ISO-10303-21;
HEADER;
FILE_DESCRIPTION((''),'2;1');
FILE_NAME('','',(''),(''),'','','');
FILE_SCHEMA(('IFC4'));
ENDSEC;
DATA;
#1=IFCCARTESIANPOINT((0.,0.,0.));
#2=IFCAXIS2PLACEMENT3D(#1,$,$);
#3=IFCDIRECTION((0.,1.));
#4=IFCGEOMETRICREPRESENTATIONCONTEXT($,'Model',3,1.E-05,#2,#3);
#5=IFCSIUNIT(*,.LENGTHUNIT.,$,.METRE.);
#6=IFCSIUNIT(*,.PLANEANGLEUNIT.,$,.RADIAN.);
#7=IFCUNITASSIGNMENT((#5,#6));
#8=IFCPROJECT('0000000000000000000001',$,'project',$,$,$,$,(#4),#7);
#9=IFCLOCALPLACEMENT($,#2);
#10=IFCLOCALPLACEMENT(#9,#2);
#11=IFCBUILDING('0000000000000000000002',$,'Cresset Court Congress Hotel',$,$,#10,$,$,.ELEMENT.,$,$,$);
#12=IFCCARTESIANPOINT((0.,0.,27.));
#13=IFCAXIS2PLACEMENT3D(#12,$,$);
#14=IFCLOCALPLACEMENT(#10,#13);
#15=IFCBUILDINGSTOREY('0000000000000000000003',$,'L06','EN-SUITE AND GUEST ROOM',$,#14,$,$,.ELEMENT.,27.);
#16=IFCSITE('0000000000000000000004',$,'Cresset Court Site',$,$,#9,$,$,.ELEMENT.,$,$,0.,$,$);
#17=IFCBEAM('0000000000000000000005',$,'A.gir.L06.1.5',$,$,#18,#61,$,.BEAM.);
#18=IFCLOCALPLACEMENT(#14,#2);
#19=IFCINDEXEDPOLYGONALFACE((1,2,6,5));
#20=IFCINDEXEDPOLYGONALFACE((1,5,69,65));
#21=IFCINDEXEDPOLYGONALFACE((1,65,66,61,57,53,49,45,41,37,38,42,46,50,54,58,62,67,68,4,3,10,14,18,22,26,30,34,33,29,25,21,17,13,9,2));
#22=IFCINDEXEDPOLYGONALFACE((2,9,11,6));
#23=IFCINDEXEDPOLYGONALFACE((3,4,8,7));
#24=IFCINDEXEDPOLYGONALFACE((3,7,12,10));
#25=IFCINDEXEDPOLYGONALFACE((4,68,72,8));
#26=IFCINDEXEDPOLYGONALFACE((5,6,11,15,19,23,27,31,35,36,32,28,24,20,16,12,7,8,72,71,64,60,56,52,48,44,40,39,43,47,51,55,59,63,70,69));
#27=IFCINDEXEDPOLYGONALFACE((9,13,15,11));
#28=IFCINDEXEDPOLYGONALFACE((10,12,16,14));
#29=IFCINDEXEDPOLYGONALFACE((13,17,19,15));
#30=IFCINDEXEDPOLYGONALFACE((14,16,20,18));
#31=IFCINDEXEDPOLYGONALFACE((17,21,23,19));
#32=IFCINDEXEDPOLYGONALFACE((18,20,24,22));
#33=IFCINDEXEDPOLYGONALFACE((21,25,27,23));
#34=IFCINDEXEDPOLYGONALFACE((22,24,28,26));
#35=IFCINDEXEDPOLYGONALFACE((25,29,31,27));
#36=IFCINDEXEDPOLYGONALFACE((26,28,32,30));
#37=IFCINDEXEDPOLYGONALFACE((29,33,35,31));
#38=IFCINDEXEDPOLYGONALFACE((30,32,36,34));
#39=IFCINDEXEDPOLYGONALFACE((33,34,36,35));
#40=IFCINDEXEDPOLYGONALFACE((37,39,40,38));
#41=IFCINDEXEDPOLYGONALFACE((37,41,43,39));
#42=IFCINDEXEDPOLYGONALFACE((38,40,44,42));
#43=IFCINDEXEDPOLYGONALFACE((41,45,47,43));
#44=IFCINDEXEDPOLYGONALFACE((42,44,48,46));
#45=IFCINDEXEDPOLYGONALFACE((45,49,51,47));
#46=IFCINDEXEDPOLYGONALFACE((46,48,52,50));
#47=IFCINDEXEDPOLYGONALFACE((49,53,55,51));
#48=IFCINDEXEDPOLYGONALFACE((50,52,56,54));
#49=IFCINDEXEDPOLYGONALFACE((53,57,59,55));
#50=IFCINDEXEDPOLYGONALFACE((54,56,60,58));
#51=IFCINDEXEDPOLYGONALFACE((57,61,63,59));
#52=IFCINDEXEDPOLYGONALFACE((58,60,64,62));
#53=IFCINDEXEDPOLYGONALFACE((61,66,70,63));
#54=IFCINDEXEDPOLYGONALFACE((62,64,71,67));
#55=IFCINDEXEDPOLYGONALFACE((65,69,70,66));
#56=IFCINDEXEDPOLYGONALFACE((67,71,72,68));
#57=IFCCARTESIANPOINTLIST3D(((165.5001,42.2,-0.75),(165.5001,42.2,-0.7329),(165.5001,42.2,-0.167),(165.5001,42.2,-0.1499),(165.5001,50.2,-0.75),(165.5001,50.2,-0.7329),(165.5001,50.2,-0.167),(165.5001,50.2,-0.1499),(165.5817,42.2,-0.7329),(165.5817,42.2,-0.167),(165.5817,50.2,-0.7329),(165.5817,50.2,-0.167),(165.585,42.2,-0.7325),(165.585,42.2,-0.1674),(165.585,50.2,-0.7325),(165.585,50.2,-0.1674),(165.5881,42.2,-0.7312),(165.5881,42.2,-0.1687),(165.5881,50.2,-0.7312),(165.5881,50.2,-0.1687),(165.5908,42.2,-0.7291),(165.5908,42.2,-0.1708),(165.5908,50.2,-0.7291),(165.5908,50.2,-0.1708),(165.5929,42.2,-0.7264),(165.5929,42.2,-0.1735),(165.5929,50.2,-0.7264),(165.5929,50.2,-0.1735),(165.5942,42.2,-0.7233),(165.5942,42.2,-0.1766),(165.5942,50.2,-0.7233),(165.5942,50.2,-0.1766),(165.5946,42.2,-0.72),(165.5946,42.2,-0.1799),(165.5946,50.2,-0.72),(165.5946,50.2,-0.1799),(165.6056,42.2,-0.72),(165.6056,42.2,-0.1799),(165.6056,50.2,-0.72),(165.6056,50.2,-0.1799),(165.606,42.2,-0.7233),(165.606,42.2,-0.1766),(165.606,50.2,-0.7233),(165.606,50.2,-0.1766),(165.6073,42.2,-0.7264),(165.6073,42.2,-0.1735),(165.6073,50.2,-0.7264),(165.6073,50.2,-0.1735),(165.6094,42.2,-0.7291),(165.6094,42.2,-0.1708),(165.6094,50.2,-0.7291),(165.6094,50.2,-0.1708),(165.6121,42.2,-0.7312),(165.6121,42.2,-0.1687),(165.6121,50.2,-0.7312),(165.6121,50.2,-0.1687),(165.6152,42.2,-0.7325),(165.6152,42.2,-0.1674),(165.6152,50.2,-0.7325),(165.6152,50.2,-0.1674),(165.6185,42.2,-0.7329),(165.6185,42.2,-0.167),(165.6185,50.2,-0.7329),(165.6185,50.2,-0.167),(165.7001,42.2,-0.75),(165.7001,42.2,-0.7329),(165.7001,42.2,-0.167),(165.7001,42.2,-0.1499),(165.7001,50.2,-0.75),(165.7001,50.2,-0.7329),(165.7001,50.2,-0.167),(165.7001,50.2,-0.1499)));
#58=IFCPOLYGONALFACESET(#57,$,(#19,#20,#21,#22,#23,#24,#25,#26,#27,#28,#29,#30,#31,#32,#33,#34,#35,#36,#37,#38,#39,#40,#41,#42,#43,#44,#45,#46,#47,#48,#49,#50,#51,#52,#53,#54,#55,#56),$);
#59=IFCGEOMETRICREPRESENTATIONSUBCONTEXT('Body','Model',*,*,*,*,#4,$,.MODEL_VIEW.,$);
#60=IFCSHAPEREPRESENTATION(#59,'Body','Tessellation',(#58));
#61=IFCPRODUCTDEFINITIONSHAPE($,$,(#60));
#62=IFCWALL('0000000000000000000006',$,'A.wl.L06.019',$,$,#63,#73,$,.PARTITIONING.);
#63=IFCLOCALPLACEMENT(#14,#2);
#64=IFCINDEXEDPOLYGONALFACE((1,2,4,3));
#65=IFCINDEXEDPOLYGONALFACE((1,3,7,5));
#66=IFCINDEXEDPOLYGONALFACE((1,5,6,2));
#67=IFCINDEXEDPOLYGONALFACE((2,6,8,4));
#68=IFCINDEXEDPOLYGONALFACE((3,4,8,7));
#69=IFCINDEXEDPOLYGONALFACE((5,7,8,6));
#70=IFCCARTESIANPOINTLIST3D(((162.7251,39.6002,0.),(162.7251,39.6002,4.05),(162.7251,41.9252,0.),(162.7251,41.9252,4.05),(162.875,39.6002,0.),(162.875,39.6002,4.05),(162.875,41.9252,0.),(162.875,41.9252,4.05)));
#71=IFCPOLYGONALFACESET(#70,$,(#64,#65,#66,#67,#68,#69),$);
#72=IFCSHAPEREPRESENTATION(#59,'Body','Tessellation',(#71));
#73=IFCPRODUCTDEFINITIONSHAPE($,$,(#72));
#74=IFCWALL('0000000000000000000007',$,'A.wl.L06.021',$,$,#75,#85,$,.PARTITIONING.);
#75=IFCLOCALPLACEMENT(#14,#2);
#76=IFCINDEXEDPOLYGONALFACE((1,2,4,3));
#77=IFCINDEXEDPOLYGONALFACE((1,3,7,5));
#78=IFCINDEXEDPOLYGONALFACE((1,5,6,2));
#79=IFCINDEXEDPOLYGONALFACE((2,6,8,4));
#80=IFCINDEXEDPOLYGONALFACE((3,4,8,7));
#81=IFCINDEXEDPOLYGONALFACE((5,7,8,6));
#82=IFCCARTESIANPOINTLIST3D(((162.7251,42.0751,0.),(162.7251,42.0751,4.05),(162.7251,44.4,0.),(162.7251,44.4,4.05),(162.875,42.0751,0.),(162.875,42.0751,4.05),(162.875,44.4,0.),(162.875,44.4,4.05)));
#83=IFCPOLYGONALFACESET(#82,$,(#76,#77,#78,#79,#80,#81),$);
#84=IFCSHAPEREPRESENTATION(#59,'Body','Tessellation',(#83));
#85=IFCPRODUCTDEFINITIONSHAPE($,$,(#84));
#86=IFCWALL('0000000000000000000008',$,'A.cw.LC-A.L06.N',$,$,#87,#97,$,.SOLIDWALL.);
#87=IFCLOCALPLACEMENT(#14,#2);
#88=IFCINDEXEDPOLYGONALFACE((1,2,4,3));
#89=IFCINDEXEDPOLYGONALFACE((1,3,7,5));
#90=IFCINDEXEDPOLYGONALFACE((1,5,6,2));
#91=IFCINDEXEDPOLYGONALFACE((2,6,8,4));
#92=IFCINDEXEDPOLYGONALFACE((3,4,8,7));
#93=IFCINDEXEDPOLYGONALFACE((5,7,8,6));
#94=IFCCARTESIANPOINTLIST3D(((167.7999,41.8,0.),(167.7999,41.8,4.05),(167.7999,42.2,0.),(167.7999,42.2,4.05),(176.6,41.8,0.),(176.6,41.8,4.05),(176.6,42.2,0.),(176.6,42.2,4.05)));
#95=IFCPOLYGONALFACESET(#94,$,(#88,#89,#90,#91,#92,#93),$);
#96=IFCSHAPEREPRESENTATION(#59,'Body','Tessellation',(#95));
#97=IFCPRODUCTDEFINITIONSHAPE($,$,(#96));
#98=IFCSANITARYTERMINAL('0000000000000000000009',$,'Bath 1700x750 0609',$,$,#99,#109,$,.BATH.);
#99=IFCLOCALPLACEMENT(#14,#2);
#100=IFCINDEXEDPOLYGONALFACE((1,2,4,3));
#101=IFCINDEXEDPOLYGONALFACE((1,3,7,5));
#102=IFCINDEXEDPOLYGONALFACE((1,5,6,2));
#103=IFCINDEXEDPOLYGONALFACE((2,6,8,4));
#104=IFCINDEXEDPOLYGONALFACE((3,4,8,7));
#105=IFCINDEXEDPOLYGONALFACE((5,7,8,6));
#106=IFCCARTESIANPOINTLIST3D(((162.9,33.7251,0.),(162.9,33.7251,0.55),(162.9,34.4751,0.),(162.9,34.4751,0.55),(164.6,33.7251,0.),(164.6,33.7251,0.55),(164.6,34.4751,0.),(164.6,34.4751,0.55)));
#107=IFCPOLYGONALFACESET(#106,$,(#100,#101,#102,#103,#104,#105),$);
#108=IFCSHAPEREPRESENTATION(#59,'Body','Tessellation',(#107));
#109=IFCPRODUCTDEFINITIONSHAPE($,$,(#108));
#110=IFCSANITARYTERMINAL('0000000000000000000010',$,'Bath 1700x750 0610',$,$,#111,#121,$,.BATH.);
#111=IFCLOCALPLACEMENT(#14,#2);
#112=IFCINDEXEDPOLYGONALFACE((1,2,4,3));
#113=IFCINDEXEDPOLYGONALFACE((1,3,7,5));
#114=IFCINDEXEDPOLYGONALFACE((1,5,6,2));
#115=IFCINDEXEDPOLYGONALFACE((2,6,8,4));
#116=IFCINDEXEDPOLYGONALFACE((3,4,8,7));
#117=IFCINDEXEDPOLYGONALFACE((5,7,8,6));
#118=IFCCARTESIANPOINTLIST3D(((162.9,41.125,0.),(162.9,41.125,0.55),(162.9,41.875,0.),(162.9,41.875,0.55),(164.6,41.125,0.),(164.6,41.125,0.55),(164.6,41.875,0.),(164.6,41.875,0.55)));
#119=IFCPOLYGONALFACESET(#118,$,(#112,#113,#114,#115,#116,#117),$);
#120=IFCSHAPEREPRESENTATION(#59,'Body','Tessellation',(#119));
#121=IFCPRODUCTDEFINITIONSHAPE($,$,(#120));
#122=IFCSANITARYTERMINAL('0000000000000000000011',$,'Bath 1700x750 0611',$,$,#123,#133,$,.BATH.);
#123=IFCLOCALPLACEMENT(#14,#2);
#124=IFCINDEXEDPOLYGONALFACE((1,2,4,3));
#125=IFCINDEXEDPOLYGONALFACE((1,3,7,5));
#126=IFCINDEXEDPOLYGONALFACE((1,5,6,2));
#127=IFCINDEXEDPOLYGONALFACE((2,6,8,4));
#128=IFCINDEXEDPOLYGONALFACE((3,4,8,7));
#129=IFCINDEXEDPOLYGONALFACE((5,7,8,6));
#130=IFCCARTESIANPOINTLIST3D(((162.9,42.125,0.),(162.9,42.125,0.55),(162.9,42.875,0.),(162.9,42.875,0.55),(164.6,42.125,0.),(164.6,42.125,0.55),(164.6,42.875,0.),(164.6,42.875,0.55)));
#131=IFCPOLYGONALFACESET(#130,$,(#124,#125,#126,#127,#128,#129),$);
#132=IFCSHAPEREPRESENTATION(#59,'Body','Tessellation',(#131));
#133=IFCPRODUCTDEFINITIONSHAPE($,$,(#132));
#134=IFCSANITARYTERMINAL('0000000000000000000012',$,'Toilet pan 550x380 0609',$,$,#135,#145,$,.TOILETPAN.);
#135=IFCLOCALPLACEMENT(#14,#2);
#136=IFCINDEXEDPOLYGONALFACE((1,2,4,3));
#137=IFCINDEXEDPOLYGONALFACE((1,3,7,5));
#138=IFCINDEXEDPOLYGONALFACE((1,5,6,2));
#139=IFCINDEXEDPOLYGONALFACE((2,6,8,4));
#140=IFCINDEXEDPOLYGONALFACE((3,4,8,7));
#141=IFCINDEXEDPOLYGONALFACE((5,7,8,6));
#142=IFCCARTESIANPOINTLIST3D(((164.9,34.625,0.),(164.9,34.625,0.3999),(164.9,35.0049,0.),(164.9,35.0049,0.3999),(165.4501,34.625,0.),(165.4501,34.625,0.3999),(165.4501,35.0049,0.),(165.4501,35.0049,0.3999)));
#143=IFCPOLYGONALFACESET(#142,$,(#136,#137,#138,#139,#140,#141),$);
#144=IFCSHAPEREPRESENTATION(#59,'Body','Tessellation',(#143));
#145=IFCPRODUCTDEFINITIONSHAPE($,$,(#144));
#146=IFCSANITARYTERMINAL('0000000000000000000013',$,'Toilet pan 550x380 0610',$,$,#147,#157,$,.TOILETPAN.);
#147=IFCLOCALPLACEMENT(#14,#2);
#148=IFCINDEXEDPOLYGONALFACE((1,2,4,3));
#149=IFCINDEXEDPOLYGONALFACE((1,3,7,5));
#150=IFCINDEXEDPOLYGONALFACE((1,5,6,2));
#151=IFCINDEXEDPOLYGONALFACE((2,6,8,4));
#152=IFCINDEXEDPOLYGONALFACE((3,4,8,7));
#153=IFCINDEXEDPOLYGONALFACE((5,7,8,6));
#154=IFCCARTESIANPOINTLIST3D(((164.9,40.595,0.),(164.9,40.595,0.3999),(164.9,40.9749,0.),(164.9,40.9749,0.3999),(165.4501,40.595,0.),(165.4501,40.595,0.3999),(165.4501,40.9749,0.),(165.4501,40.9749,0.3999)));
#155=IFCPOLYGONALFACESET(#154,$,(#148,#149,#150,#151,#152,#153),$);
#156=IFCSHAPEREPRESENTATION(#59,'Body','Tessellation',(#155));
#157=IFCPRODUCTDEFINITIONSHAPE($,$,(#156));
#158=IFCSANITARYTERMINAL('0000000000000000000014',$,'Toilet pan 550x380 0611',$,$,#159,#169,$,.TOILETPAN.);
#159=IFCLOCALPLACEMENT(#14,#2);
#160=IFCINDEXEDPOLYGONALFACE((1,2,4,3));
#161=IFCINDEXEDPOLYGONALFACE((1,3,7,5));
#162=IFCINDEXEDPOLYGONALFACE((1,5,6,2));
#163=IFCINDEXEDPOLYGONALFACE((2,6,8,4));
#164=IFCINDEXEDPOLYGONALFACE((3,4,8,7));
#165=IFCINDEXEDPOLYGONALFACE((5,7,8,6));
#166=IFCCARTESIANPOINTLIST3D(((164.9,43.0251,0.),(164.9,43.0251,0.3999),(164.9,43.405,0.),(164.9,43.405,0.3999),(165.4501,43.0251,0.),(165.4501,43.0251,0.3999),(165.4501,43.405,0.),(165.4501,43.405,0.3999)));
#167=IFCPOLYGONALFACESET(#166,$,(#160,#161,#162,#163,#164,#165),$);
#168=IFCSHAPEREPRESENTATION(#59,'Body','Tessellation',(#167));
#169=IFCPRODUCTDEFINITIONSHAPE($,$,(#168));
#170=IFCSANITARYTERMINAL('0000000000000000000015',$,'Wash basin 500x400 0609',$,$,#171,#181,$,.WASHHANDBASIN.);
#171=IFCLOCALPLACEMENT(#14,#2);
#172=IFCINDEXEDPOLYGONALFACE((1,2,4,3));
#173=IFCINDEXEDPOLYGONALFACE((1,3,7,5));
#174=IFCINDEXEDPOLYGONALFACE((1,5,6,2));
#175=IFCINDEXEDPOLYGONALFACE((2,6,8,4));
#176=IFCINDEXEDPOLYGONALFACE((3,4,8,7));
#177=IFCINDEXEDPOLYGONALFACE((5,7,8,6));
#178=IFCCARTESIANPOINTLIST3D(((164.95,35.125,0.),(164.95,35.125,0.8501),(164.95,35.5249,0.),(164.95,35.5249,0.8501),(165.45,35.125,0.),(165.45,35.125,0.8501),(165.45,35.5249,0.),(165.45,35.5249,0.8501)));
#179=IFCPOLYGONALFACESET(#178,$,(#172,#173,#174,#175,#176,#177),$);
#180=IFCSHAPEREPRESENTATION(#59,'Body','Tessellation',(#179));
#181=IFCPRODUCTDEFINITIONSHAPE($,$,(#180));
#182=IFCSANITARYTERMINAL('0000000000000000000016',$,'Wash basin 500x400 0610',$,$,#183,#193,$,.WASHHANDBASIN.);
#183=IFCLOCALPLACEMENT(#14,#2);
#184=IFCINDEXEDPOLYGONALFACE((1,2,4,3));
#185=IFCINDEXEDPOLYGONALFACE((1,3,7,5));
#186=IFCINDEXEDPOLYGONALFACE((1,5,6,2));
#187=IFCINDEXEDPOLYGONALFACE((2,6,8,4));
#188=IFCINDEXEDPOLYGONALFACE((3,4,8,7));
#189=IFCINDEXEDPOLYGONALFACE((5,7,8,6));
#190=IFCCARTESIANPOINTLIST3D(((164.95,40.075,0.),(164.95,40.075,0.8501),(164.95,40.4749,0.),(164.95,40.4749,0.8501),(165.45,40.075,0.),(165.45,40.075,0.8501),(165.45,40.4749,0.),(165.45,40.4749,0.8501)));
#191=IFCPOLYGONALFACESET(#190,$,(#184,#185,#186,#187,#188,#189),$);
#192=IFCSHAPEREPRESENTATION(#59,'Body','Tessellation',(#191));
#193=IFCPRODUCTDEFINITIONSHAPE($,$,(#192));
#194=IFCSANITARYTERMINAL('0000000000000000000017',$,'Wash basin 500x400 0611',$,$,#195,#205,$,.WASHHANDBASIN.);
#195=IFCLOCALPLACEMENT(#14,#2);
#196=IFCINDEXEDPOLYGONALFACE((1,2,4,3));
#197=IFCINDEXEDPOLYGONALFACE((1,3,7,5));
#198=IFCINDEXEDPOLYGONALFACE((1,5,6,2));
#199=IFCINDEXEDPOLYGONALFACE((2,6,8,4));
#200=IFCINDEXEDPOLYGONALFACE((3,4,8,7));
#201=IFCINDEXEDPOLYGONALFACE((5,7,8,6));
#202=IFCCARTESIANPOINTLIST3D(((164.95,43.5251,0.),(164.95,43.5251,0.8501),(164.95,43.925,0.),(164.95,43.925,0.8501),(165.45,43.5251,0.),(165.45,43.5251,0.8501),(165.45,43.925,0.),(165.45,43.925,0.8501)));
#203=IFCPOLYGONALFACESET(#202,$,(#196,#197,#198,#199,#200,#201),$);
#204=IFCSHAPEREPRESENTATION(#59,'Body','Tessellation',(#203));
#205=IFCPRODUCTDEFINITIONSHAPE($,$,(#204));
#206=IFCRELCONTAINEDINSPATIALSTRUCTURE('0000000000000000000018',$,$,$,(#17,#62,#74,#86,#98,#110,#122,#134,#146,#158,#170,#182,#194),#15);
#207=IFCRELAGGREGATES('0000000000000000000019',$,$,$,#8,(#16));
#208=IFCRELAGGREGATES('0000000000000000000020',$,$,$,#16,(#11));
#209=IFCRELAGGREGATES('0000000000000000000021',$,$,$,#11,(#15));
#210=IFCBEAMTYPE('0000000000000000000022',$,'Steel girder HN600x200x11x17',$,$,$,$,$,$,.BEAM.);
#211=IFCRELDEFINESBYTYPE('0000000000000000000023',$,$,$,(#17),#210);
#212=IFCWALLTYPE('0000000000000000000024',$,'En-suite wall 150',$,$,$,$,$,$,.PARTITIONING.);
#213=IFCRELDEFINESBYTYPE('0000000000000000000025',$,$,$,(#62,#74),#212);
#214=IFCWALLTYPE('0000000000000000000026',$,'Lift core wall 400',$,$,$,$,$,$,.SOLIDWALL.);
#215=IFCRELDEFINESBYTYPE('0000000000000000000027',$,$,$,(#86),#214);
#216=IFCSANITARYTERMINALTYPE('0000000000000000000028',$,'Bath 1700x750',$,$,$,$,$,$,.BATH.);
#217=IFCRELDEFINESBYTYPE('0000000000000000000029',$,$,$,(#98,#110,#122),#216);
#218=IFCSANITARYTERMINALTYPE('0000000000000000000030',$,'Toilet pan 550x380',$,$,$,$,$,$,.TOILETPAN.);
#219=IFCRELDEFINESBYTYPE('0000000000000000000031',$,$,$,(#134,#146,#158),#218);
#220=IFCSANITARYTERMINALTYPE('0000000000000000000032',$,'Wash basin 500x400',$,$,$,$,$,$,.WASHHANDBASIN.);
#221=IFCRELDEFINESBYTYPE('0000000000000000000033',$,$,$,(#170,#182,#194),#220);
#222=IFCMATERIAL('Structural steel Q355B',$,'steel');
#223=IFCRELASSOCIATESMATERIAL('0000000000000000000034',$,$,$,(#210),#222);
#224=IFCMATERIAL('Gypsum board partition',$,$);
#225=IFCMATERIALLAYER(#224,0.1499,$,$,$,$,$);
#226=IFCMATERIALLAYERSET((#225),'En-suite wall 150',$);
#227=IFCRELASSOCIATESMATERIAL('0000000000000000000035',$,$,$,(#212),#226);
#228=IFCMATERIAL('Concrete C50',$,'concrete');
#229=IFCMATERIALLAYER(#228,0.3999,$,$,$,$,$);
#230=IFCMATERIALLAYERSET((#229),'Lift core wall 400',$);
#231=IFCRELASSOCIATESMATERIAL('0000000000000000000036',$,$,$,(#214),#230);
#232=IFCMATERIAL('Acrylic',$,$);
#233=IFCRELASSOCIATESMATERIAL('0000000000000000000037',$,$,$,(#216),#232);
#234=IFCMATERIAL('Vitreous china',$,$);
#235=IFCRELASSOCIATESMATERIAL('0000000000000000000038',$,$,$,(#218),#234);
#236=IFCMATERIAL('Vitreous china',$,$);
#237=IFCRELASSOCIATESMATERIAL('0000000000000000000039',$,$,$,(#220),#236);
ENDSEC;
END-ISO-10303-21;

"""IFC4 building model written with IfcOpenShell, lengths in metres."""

from ifc_helpers import new_model, si_unit, direction, frame, frame_2d, origin, origin_2d, place, context, subcontext, project, spatial, rectangle, i_section, extrude, material, layer, layer_set, material_profile, profile_set, type_object, element, save


model = new_model("IFC4")

# Units and contexts
model_context = context("Model", 3, precision=1e-05, world=origin(), true_north=direction((0.0, 1.0)))
body_context = subcontext(model_context, "Body", "Model", "MODEL_VIEW")
ifc_project = project(units=[si_unit("LENGTHUNIT", "METRE"), si_unit("PLANEANGLEUNIT", "RADIAN")], contexts=[model_context])

# Site, building, storey
site_placement = place(None, origin())
site = spatial("IfcSite", under=ifc_project, at=site_placement, Name="Cresset Court Site", CompositionType="ELEMENT", RefElevation=0.0)
building_placement = place(site_placement, origin())
building = spatial("IfcBuilding", under=site, at=building_placement, Name="Cresset Court Congress Hotel", CompositionType="ELEMENT")
storey_placement = place(building_placement, frame((0.0, 0.0, 27.0)))
storey = spatial("IfcBuildingStorey", under=building, at=storey_placement, Name="L06", Description="EN-SUITE AND GUEST ROOM", CompositionType="ELEMENT", Elevation=27.0)

# Beam
ifc_material_1 = material(Name="Structural steel Q355B", Category="steel")
ifc_material_profile_1 = material_profile(ifc_material_1, i_section(OverallWidth=0.2, OverallDepth=0.6001, WebThickness=0.011, FlangeThickness=0.0171, FilletRadius=0.0129, at=origin_2d()), Name="HN600x200x11x17")
ifc_profile_set_1 = profile_set([ifc_material_profile_1], Name="Structural steel Q355B")
beam_type_1 = type_object("IfcBeamType", Name="Steel girder HN600x200x11x17", PredefinedType="BEAM", material=ifc_profile_set_1)
for number, where, z_axis, x_axis, name in (
    (1, (165.6001, 42.2, -0.45), (0.0, 1.0, 0.0), (-1.0, 0.0, 0.0), "A.gir.L06.1.5"),
):
    element("IfcBeam", number, at=place(storey_placement, frame(where, z_axis=z_axis, x_axis=x_axis)), inside=storey, type_object=beam_type_1, Name=name, PredefinedType="BEAM", context=body_context, shape_type="SweptSolid", body=[
        extrude(i_section(OverallWidth=0.2, OverallDepth=0.6001, WebThickness=0.011, FlangeThickness=0.0171, FilletRadius=0.0129, at=origin_2d()), origin(), (0.0, 0.0, 1.0), 8.0),
    ])

# Walls
ifc_material_2 = material(Name="Gypsum board partition")
ifc_layer_1 = layer(ifc_material_2, 0.1499)
ifc_layer_set_1 = layer_set([ifc_layer_1], Name="En-suite wall 150")
wall_type_1 = type_object("IfcWallType", Name="En-suite wall 150", PredefinedType="PARTITIONING", material=ifc_layer_set_1)
for number, where, z_axis, x_axis, name in (
    (2, (162.8, 39.6001, 0.0), (0.0, 0.0, 1.0), (0.0, 1.0, 0.0), "A.wl.L06.019"),
    (3, (162.8, 42.075, 0.0), (0.0, 0.0, 1.0), (0.0, 1.0, 0.0), "A.wl.L06.021"),
):
    element("IfcWall", number, at=place(storey_placement, frame(where, z_axis=z_axis, x_axis=x_axis)), inside=storey, type_object=wall_type_1, Name=name, PredefinedType="PARTITIONING", context=body_context, shape_type="SweptSolid", body=[
        extrude(rectangle(XDim=2.325, YDim=0.1499, at=frame_2d((1.1626, 0.0))), origin(), (0.0, 0.0, 1.0), 4.05),
    ])
ifc_material_3 = material(Name="Concrete C50", Category="concrete")
ifc_layer_2 = layer(ifc_material_3, 0.3999)
ifc_layer_set_2 = layer_set([ifc_layer_2], Name="Lift core wall 400")
wall_type_2 = type_object("IfcWallType", Name="Lift core wall 400", PredefinedType="SOLIDWALL", material=ifc_layer_set_2)
wall_1_placement = place(storey_placement, frame((167.8, 42.0, 0.0), z_axis=(0.0, 0.0, 1.0), x_axis=(1.0, 0.0, 0.0)))
element("IfcWall", 4, at=wall_1_placement, inside=storey, type_object=wall_type_2, Name="A.cw.LC-A.L06.N", PredefinedType="SOLIDWALL", context=body_context, shape_type="SweptSolid", body=[
    extrude(rectangle(XDim=8.8, YDim=0.3999, at=frame_2d((4.3999, 0.0))), origin(), (0.0, 0.0, 1.0), 4.05),
])

# Sanitary terminals
ifc_material_4 = material(Name="Acrylic")
sanitary_terminal_type_1 = type_object("IfcSanitaryTerminalType", Name="Bath 1700x750", PredefinedType="BATH", material=ifc_material_4)
for number, where, z_axis, x_axis, name in (
    (5, (163.75, 34.1001, 0.0), (0.0, 0.0, 1.0), (1.0, 0.0, 0.0), "Bath 1700x750 0609"),
    (6, (163.75, 41.5, 0.0), (0.0, 0.0, 1.0), (1.0, 0.0, 0.0), "Bath 1700x750 0610"),
    (7, (163.75, 42.5, 0.0), (0.0, 0.0, 1.0), (1.0, 0.0, 0.0), "Bath 1700x750 0611"),
):
    element("IfcSanitaryTerminal", number, at=place(storey_placement, frame(where, z_axis=z_axis, x_axis=x_axis)), inside=storey, type_object=sanitary_terminal_type_1, Name=name, PredefinedType="BATH", context=body_context, shape_type="SweptSolid", body=[
        extrude(rectangle(XDim=1.7, YDim=0.75, at=origin_2d()), origin(), (0.0, 0.0, 1.0), 0.55),
    ])
ifc_material_5 = material(Name="Vitreous china")
sanitary_terminal_type_2 = type_object("IfcSanitaryTerminalType", Name="Toilet pan 550x380", PredefinedType="TOILETPAN", material=ifc_material_5)
for number, where, z_axis, x_axis, name in (
    (8, (165.175, 34.8149, 0.0), (0.0, 0.0, 1.0), (1.0, 0.0, 0.0), "Toilet pan 550x380 0609"),
    (9, (165.175, 40.7849, 0.0), (0.0, 0.0, 1.0), (1.0, 0.0, 0.0), "Toilet pan 550x380 0610"),
    (10, (165.175, 43.2151, 0.0), (0.0, 0.0, 1.0), (1.0, 0.0, 0.0), "Toilet pan 550x380 0611"),
):
    element("IfcSanitaryTerminal", number, at=place(storey_placement, frame(where, z_axis=z_axis, x_axis=x_axis)), inside=storey, type_object=sanitary_terminal_type_2, Name=name, PredefinedType="TOILETPAN", context=body_context, shape_type="SweptSolid", body=[
        extrude(rectangle(XDim=0.55, YDim=0.3799, at=origin_2d()), origin(), (0.0, 0.0, 1.0), 0.3999),
    ])
ifc_material_6 = material(Name="Vitreous china")
sanitary_terminal_type_3 = type_object("IfcSanitaryTerminalType", Name="Wash basin 500x400", PredefinedType="WASHHANDBASIN", material=ifc_material_6)
for number, where, z_axis, x_axis, name in (
    (11, (165.2, 35.325, 0.0), (0.0, 0.0, 1.0), (1.0, 0.0, 0.0), "Wash basin 500x400 0609"),
    (12, (165.2, 40.2749, 0.0), (0.0, 0.0, 1.0), (1.0, 0.0, 0.0), "Wash basin 500x400 0610"),
    (13, (165.2, 43.7251, 0.0), (0.0, 0.0, 1.0), (1.0, 0.0, 0.0), "Wash basin 500x400 0611"),
):
    element("IfcSanitaryTerminal", number, at=place(storey_placement, frame(where, z_axis=z_axis, x_axis=x_axis)), inside=storey, type_object=sanitary_terminal_type_3, Name=name, PredefinedType="WASHHANDBASIN", context=body_context, shape_type="SweptSolid", body=[
        extrude(rectangle(XDim=0.5, YDim=0.3999, at=origin_2d()), origin(), (0.0, 0.0, 1.0), 0.8501),
    ])

save(model, "model.ifc")
